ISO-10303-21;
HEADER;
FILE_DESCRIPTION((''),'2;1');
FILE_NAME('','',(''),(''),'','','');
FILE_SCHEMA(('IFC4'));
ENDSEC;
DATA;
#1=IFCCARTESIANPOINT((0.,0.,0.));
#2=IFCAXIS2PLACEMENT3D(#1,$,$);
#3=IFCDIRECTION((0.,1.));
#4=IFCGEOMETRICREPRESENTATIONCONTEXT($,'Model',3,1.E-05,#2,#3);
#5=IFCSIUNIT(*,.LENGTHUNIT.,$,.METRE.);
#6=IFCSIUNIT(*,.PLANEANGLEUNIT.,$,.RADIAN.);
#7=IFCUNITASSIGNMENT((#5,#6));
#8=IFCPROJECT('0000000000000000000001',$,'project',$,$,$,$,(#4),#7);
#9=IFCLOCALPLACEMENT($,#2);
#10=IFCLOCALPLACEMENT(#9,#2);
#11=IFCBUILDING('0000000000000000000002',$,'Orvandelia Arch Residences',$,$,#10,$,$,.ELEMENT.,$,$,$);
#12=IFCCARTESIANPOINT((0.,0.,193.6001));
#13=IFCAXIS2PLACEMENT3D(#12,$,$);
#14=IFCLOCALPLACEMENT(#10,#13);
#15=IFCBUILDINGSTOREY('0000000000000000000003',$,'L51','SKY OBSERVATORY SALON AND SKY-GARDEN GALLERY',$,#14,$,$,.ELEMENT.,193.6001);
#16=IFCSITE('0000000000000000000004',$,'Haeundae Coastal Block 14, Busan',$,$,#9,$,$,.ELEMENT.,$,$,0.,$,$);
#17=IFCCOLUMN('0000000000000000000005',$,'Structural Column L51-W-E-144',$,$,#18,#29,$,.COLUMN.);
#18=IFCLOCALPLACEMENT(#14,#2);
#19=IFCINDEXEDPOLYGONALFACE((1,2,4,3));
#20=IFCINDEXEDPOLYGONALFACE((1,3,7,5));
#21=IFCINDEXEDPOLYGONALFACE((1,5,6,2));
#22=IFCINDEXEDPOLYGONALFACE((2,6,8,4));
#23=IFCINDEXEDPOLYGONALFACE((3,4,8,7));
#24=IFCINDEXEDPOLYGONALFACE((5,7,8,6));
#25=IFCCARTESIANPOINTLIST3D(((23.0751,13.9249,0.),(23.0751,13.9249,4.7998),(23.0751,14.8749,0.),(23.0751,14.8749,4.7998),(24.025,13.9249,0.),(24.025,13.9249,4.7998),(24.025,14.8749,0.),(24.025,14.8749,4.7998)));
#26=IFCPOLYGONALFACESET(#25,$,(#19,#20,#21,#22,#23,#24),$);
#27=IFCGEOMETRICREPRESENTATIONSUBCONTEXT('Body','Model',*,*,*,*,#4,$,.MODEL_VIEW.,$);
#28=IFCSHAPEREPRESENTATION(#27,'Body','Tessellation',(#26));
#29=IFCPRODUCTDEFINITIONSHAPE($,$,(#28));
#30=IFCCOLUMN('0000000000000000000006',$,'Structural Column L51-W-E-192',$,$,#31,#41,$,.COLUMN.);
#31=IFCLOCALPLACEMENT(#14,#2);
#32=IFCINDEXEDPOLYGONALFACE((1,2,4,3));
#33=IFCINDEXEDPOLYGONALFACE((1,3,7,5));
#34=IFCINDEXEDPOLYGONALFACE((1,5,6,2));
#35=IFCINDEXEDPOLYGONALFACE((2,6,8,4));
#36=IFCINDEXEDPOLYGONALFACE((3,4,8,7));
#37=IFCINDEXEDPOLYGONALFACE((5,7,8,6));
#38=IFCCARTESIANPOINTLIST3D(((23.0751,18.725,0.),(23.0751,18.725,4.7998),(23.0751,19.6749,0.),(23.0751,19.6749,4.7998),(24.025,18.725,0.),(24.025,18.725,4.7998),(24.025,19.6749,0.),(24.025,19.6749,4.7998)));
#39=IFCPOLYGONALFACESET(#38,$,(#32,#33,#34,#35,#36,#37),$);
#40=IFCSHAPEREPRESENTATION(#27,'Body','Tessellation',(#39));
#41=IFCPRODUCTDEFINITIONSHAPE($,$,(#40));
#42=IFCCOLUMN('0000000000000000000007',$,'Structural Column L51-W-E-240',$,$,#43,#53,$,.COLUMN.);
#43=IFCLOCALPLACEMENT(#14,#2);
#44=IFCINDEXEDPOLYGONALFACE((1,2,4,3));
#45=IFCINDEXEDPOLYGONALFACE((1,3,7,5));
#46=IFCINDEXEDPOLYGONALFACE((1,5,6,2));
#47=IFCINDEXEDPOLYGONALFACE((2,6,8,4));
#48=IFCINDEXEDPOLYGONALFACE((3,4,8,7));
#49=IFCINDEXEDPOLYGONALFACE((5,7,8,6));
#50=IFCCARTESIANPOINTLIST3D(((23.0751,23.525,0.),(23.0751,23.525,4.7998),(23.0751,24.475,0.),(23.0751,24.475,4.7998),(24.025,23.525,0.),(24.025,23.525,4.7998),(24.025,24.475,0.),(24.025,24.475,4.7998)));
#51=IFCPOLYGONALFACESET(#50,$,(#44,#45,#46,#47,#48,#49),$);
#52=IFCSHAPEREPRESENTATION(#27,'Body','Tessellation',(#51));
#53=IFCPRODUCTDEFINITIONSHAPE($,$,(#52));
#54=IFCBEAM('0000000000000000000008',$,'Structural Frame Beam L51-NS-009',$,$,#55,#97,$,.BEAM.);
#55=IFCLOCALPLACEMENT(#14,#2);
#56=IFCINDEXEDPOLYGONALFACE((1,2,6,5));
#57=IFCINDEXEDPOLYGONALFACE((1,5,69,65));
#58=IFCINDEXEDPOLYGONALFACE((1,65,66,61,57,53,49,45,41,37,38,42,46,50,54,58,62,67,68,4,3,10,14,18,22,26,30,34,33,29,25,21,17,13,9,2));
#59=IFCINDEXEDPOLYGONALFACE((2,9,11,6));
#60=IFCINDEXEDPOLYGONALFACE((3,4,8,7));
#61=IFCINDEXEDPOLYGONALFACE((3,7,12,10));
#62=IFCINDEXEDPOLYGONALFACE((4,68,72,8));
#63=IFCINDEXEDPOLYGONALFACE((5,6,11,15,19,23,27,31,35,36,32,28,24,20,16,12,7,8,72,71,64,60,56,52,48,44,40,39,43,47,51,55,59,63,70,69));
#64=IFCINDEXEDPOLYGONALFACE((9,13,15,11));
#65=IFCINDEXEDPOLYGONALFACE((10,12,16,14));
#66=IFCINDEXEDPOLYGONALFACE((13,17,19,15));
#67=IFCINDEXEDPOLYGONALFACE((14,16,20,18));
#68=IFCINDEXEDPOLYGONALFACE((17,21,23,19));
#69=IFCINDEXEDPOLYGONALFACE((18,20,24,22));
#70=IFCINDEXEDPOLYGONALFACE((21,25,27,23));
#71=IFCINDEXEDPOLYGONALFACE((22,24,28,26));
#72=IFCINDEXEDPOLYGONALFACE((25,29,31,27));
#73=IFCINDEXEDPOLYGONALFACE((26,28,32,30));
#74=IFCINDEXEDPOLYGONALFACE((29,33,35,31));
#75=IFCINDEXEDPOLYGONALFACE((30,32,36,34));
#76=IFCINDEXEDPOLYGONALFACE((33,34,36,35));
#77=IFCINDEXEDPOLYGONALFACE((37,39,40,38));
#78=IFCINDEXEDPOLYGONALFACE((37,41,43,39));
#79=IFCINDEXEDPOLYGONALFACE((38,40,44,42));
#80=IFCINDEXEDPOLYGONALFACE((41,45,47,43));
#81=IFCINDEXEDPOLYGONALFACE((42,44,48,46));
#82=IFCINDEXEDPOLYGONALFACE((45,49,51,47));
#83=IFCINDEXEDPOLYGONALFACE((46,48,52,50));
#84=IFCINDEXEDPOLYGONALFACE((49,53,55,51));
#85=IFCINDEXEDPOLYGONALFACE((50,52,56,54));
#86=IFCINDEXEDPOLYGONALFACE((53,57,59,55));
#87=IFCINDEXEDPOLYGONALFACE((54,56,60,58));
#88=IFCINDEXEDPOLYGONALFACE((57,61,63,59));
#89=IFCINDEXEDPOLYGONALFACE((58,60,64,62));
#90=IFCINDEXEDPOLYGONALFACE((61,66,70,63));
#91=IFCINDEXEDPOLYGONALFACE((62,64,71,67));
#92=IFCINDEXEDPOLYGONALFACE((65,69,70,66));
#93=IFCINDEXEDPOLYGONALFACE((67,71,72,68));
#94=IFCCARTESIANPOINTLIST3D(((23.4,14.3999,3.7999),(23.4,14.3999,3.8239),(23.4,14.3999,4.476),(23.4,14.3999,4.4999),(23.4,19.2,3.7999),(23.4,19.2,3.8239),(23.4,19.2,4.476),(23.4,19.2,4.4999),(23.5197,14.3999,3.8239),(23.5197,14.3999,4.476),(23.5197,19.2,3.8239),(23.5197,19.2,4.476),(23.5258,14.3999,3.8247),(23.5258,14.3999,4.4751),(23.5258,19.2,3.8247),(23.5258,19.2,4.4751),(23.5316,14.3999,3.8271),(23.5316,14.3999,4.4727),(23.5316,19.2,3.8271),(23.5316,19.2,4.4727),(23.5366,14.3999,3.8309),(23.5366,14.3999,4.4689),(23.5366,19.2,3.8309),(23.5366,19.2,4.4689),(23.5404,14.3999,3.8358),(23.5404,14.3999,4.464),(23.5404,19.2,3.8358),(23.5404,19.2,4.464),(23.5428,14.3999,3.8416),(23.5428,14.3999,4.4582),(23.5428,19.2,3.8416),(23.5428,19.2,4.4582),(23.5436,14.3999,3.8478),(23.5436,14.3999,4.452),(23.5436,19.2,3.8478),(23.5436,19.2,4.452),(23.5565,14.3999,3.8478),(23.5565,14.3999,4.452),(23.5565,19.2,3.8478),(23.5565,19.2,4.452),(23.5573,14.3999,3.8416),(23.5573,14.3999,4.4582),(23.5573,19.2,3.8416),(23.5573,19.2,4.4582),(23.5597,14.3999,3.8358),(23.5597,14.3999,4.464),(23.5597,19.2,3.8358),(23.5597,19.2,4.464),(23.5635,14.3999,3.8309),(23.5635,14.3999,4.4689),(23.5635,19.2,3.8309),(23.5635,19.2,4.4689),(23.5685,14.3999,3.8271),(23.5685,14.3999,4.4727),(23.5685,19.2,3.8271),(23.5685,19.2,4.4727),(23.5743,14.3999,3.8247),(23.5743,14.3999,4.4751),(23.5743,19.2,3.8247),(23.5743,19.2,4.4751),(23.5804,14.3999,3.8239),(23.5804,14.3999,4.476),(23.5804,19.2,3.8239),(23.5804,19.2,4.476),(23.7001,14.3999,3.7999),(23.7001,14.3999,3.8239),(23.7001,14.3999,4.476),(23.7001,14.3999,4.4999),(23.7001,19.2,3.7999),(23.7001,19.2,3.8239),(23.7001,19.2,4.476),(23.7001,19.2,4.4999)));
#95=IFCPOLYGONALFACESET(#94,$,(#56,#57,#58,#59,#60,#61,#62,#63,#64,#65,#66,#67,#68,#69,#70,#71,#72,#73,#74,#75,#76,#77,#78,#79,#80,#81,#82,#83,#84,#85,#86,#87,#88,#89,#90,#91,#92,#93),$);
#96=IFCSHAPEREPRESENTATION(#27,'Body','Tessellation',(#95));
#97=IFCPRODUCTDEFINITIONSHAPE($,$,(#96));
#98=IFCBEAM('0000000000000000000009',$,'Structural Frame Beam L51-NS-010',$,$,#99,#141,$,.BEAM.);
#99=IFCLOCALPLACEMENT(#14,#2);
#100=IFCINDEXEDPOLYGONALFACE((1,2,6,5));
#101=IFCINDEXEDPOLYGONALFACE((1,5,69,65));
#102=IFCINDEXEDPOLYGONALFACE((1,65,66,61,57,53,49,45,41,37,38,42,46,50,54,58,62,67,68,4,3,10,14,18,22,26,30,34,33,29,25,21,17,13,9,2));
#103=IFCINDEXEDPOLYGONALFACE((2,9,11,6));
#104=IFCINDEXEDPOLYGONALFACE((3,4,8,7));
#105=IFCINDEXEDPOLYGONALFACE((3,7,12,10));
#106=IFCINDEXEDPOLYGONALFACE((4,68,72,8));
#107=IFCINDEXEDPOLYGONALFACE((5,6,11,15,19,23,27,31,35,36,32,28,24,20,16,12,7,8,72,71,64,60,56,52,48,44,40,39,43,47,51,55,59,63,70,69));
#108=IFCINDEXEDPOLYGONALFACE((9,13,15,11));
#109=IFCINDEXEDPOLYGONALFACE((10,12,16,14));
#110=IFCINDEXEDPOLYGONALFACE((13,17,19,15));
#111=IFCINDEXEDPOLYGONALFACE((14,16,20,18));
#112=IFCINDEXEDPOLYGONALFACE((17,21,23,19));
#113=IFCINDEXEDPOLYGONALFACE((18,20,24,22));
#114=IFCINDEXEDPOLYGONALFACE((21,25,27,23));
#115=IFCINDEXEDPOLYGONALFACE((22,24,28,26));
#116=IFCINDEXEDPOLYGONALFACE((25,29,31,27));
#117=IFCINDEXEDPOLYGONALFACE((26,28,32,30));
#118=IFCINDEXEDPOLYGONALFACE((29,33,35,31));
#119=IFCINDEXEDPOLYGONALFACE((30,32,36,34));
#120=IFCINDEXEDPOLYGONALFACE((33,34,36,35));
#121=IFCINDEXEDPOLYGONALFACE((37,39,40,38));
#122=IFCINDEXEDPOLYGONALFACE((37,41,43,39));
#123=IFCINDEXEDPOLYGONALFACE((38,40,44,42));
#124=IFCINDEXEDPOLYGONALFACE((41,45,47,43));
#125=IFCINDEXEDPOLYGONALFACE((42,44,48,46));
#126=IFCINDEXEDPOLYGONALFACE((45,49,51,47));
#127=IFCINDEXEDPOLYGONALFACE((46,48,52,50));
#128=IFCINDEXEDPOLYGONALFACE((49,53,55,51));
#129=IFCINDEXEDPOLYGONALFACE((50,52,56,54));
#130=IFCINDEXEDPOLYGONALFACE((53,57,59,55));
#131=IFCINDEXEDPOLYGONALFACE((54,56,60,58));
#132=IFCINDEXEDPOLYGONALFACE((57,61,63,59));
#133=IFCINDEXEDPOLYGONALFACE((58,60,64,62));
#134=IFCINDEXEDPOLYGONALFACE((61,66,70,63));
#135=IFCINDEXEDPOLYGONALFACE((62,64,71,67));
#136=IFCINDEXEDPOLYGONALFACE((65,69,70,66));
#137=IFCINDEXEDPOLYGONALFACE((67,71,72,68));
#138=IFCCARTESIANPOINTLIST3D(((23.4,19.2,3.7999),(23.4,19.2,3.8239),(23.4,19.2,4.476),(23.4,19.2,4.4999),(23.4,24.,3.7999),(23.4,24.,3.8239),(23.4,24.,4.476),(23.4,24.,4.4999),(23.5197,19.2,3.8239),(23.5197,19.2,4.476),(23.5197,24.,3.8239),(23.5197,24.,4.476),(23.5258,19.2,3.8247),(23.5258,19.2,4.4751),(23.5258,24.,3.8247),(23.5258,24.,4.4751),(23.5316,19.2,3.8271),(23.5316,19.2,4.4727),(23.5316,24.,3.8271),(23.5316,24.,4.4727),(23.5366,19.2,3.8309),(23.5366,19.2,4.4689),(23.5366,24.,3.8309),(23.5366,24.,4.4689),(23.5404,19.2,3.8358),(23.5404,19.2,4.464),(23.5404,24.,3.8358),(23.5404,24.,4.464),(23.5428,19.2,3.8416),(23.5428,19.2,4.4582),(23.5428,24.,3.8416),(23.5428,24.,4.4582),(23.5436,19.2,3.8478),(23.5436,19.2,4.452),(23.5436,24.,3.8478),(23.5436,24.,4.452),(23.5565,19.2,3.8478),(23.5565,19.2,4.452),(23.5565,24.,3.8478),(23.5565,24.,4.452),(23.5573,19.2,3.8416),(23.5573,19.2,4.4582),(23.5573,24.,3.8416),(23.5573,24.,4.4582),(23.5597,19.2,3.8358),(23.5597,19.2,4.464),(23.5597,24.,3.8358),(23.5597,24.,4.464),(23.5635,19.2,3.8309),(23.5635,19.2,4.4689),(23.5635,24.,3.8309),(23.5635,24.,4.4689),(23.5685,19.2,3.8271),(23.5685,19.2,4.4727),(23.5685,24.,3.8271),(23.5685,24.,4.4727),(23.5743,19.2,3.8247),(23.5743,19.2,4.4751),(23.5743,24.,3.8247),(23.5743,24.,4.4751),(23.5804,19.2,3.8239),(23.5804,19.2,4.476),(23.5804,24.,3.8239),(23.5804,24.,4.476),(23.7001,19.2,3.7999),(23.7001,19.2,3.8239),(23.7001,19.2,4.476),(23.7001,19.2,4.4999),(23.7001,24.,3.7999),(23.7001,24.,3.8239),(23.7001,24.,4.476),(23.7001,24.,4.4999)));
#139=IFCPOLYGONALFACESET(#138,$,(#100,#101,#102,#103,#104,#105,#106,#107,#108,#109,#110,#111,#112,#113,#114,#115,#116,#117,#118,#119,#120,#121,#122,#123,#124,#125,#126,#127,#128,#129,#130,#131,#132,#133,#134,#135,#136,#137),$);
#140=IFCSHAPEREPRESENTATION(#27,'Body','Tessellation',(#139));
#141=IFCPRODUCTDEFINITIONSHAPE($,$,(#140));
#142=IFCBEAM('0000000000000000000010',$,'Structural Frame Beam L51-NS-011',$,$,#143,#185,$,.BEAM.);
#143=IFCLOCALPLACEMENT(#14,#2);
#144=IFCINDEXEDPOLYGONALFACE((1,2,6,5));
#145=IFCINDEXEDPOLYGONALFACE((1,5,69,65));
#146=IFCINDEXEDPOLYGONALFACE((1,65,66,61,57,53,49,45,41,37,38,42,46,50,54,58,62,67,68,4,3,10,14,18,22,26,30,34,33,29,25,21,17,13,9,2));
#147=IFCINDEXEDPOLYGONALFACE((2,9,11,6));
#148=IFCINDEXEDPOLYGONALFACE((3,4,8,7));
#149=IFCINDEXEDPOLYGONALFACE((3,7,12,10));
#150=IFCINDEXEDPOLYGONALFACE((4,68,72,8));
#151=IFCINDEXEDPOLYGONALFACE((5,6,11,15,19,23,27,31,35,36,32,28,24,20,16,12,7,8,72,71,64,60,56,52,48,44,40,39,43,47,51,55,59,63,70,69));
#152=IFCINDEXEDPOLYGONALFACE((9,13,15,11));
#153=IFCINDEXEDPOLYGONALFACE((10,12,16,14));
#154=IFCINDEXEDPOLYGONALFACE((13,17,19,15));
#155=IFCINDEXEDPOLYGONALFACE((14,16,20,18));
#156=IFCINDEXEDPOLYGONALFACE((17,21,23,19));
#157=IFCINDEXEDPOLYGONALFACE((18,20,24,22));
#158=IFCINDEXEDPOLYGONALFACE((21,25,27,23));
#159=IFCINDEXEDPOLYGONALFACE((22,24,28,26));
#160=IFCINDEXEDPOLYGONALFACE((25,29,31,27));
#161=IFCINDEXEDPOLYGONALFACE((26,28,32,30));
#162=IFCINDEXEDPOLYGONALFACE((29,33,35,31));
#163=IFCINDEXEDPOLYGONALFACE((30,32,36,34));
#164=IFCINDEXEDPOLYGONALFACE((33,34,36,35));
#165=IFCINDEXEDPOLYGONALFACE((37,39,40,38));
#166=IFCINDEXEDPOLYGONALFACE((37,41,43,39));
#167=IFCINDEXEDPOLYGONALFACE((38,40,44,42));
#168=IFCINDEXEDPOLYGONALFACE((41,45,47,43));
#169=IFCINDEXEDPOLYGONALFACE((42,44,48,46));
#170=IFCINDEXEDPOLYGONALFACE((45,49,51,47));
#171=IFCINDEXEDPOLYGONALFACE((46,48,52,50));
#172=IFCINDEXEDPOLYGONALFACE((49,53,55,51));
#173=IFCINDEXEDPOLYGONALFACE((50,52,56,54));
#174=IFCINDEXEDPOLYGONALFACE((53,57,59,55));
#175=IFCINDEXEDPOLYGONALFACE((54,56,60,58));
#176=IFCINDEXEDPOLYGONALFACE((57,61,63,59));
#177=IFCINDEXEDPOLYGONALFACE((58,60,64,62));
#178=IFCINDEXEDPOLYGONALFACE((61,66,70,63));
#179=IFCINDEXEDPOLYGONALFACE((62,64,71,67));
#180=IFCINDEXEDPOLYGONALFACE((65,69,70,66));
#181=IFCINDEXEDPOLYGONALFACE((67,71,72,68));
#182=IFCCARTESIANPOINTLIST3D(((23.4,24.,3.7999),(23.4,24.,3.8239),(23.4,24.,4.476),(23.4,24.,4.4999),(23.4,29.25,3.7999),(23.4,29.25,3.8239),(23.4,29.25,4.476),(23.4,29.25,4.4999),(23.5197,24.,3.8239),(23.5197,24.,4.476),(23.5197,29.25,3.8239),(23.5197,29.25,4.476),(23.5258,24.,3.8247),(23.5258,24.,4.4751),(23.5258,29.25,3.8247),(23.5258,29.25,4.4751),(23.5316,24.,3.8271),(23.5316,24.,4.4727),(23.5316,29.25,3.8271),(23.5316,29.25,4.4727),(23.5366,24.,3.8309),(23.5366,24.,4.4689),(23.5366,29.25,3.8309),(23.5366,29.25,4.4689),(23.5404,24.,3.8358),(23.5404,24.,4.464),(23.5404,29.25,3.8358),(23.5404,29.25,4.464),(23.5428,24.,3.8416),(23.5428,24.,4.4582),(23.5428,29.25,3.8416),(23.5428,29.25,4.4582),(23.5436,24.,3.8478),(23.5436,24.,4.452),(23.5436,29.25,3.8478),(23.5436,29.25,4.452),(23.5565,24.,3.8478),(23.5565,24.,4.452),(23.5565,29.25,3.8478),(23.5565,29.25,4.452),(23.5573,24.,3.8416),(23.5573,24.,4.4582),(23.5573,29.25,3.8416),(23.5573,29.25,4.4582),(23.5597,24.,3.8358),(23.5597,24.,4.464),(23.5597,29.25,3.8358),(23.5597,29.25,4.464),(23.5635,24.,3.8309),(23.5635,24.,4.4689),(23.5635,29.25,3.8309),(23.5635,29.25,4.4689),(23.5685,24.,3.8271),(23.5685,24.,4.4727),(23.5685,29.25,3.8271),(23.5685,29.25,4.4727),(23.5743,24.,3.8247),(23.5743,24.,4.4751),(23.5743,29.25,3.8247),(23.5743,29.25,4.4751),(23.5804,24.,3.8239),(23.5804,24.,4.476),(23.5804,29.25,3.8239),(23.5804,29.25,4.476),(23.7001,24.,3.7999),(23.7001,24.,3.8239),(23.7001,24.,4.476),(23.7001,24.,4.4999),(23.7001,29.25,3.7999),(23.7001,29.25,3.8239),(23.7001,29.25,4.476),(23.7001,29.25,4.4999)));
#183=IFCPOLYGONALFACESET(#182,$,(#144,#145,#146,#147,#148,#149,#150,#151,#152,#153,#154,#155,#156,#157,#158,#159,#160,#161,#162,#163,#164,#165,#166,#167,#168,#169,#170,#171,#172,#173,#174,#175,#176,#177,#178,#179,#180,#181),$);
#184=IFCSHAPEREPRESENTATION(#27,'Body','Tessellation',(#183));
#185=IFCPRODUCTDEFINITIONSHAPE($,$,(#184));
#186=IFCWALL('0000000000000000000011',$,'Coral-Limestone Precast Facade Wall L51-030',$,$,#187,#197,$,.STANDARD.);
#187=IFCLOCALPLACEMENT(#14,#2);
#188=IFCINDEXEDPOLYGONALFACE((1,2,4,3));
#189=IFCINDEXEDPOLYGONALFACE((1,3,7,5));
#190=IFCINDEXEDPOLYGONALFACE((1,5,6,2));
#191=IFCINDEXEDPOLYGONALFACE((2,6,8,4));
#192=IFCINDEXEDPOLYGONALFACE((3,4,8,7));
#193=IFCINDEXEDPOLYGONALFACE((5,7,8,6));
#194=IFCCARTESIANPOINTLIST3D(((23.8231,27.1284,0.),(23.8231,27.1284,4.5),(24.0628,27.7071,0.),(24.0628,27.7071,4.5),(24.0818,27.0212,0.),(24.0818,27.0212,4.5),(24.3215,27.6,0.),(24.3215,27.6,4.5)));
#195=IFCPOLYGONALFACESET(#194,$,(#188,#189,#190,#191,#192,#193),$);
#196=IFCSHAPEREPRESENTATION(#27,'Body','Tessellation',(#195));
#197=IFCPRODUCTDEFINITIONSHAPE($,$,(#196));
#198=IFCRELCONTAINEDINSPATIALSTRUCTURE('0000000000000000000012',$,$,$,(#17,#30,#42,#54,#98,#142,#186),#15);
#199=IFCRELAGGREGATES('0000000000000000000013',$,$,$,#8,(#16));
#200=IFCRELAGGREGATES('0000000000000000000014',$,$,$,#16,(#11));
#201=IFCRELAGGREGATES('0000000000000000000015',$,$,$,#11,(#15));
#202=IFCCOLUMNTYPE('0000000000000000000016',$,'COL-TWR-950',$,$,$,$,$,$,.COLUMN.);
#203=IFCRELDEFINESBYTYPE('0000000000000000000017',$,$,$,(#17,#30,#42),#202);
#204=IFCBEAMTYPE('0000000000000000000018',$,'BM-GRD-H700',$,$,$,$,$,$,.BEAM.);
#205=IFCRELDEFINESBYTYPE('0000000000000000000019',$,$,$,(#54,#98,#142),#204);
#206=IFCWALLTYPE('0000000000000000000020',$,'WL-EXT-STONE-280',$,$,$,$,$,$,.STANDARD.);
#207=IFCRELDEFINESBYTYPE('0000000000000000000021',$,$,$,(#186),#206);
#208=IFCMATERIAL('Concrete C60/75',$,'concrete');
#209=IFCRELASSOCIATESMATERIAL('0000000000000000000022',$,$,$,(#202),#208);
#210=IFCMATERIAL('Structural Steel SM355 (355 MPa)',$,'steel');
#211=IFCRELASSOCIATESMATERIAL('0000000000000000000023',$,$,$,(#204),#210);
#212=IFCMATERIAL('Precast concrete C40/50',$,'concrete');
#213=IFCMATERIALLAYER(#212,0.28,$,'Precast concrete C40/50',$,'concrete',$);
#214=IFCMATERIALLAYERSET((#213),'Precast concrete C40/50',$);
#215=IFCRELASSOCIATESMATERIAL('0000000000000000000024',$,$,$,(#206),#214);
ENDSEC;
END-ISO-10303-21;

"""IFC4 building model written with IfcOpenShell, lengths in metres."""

from ifc_helpers import new_model, si_unit, direction, frame, frame_2d, origin, origin_2d, place, context, subcontext, project, spatial, rectangle, i_section, extrude, material, layer, layer_set, material_profile, profile_set, type_object, element, save


model = new_model("IFC4")

# Units and contexts
model_context = context("Model", 3, precision=1e-05, world=origin(), true_north=direction((0.0, 1.0)))
body_context = subcontext(model_context, "Body", "Model", "MODEL_VIEW")
ifc_project = project(units=[si_unit("LENGTHUNIT", "METRE"), si_unit("PLANEANGLEUNIT", "RADIAN")], contexts=[model_context])

# Site, building, storey
site_placement = place(None, origin())
site = spatial("IfcSite", under=ifc_project, at=site_placement, Name="Haeundae Coastal Block 14, Busan", CompositionType="ELEMENT", RefElevation=0.0)
building_placement = place(site_placement, origin())
building = spatial("IfcBuilding", under=site, at=building_placement, Name="Orvandelia Arch Residences", CompositionType="ELEMENT")
storey_placement = place(building_placement, frame((0.0, 0.0, 193.6001)))
storey = spatial("IfcBuildingStorey", under=building, at=storey_placement, Name="L51", Description="SKY OBSERVATORY SALON AND SKY-GARDEN GALLERY", CompositionType="ELEMENT", Elevation=193.6001)

# Columns
ifc_material_1 = material(Name="Concrete C60/75", Category="concrete")
ifc_material_profile_1 = material_profile(ifc_material_1, rectangle(XDim=0.95, YDim=0.95, at=origin_2d()), Name="Concrete C60/75", Category="concrete")
ifc_profile_set_1 = profile_set([ifc_material_profile_1], Name="Concrete C60/75")
column_type = type_object("IfcColumnType", Name="COL-TWR-950", PredefinedType="COLUMN", material=ifc_profile_set_1)
for number, where, z_axis, x_axis, name in (
    (1, (23.55, 14.3999, 0.0), (0.0, 0.0, 1.0), (1.0, 0.0, 0.0), "Structural Column L51-W-E-144"),
    (2, (23.55, 19.2, 0.0), (0.0, 0.0, 1.0), (1.0, 0.0, 0.0), "Structural Column L51-W-E-192"),
    (3, (23.55, 24.0, 0.0), (0.0, 0.0, 1.0), (1.0, 0.0, 0.0), "Structural Column L51-W-E-240"),
):
    element("IfcColumn", number, at=place(storey_placement, frame(where, z_axis=z_axis, x_axis=x_axis)), inside=storey, type_object=column_type, Name=name, PredefinedType="COLUMN", context=body_context, shape_type="SweptSolid", body=[
        extrude(rectangle(XDim=0.95, YDim=0.95, at=origin_2d()), origin(), (0.0, 0.0, 1.0), 4.7998),
    ])

# Beams
ifc_material_2 = material(Name="Structural Steel SM355 (355 MPa)", Category="steel")
ifc_material_profile_2 = material_profile(ifc_material_2, i_section(OverallWidth=0.3, OverallDepth=0.7, WebThickness=0.0129, FlangeThickness=0.0239, FilletRadius=0.0239, at=origin_2d()), Name="Structural Steel SM355 (355 MPa)", Category="steel")
ifc_profile_set_2 = profile_set([ifc_material_profile_2], Name="Structural Steel SM355 (355 MPa)")
beam_type = type_object("IfcBeamType", Name="BM-GRD-H700", PredefinedType="BEAM", material=ifc_profile_set_2)
for number, where, z_axis, x_axis, name in (
    (4, (23.55, 14.3999, 4.1499), (0.0, 1.0, 0.0), (-1.0, 0.0, 0.0), "Structural Frame Beam L51-NS-009"),
    (5, (23.55, 19.2, 4.1499), (0.0, 1.0, 0.0), (-1.0, 0.0, 0.0), "Structural Frame Beam L51-NS-010"),
):
    element("IfcBeam", number, at=place(storey_placement, frame(where, z_axis=z_axis, x_axis=x_axis)), inside=storey, type_object=beam_type, Name=name, PredefinedType="BEAM", context=body_context, shape_type="SweptSolid", body=[
        extrude(i_section(OverallWidth=0.3, OverallDepth=0.7, WebThickness=0.0129, FlangeThickness=0.0239, FilletRadius=0.0239, at=origin_2d()), origin(), (0.0, 0.0, 1.0), 4.8),
    ])
beam_placement = place(storey_placement, frame((23.55, 24.0, 4.1499), z_axis=(0.0, 1.0, 0.0), x_axis=(-1.0, 0.0, 0.0)))
element("IfcBeam", 6, at=beam_placement, inside=storey, type_object=beam_type, Name="Structural Frame Beam L51-NS-011", PredefinedType="BEAM", context=body_context, shape_type="SweptSolid", body=[
    extrude(i_section(OverallWidth=0.3, OverallDepth=0.7, WebThickness=0.0129, FlangeThickness=0.0239, FilletRadius=0.0239, at=origin_2d()), origin(), (0.0, 0.0, 1.0), 5.25),
])

# Wall
ifc_material_3 = material(Name="Precast concrete C40/50", Category="concrete")
ifc_layer_1 = layer(ifc_material_3, 0.28, Name="Precast concrete C40/50", Category="concrete")
ifc_layer_set_1 = layer_set([ifc_layer_1], Name="Precast concrete C40/50")
wall_type_1 = type_object("IfcWallType", Name="WL-EXT-STONE-280", PredefinedType="STANDARD", material=ifc_layer_set_1)
wall_1_placement = place(storey_placement, frame((24.1921, 27.6536, 0.0), z_axis=(0.0, 0.0, 1.0), x_axis=(-0.38265, -0.923893, 0.0)))
element("IfcWall", 7, at=wall_1_placement, inside=storey, type_object=wall_type_1, Name="Coral-Limestone Precast Facade Wall L51-030", PredefinedType="STANDARD", context=body_context, shape_type="SweptSolid", body=[
    extrude(rectangle(XDim=0.6265, YDim=0.28, at=frame_2d((0.3132, 0.0))), origin(), (0.0, 0.0, 1.0), 4.5),
])

save(model, "model.ifc")
